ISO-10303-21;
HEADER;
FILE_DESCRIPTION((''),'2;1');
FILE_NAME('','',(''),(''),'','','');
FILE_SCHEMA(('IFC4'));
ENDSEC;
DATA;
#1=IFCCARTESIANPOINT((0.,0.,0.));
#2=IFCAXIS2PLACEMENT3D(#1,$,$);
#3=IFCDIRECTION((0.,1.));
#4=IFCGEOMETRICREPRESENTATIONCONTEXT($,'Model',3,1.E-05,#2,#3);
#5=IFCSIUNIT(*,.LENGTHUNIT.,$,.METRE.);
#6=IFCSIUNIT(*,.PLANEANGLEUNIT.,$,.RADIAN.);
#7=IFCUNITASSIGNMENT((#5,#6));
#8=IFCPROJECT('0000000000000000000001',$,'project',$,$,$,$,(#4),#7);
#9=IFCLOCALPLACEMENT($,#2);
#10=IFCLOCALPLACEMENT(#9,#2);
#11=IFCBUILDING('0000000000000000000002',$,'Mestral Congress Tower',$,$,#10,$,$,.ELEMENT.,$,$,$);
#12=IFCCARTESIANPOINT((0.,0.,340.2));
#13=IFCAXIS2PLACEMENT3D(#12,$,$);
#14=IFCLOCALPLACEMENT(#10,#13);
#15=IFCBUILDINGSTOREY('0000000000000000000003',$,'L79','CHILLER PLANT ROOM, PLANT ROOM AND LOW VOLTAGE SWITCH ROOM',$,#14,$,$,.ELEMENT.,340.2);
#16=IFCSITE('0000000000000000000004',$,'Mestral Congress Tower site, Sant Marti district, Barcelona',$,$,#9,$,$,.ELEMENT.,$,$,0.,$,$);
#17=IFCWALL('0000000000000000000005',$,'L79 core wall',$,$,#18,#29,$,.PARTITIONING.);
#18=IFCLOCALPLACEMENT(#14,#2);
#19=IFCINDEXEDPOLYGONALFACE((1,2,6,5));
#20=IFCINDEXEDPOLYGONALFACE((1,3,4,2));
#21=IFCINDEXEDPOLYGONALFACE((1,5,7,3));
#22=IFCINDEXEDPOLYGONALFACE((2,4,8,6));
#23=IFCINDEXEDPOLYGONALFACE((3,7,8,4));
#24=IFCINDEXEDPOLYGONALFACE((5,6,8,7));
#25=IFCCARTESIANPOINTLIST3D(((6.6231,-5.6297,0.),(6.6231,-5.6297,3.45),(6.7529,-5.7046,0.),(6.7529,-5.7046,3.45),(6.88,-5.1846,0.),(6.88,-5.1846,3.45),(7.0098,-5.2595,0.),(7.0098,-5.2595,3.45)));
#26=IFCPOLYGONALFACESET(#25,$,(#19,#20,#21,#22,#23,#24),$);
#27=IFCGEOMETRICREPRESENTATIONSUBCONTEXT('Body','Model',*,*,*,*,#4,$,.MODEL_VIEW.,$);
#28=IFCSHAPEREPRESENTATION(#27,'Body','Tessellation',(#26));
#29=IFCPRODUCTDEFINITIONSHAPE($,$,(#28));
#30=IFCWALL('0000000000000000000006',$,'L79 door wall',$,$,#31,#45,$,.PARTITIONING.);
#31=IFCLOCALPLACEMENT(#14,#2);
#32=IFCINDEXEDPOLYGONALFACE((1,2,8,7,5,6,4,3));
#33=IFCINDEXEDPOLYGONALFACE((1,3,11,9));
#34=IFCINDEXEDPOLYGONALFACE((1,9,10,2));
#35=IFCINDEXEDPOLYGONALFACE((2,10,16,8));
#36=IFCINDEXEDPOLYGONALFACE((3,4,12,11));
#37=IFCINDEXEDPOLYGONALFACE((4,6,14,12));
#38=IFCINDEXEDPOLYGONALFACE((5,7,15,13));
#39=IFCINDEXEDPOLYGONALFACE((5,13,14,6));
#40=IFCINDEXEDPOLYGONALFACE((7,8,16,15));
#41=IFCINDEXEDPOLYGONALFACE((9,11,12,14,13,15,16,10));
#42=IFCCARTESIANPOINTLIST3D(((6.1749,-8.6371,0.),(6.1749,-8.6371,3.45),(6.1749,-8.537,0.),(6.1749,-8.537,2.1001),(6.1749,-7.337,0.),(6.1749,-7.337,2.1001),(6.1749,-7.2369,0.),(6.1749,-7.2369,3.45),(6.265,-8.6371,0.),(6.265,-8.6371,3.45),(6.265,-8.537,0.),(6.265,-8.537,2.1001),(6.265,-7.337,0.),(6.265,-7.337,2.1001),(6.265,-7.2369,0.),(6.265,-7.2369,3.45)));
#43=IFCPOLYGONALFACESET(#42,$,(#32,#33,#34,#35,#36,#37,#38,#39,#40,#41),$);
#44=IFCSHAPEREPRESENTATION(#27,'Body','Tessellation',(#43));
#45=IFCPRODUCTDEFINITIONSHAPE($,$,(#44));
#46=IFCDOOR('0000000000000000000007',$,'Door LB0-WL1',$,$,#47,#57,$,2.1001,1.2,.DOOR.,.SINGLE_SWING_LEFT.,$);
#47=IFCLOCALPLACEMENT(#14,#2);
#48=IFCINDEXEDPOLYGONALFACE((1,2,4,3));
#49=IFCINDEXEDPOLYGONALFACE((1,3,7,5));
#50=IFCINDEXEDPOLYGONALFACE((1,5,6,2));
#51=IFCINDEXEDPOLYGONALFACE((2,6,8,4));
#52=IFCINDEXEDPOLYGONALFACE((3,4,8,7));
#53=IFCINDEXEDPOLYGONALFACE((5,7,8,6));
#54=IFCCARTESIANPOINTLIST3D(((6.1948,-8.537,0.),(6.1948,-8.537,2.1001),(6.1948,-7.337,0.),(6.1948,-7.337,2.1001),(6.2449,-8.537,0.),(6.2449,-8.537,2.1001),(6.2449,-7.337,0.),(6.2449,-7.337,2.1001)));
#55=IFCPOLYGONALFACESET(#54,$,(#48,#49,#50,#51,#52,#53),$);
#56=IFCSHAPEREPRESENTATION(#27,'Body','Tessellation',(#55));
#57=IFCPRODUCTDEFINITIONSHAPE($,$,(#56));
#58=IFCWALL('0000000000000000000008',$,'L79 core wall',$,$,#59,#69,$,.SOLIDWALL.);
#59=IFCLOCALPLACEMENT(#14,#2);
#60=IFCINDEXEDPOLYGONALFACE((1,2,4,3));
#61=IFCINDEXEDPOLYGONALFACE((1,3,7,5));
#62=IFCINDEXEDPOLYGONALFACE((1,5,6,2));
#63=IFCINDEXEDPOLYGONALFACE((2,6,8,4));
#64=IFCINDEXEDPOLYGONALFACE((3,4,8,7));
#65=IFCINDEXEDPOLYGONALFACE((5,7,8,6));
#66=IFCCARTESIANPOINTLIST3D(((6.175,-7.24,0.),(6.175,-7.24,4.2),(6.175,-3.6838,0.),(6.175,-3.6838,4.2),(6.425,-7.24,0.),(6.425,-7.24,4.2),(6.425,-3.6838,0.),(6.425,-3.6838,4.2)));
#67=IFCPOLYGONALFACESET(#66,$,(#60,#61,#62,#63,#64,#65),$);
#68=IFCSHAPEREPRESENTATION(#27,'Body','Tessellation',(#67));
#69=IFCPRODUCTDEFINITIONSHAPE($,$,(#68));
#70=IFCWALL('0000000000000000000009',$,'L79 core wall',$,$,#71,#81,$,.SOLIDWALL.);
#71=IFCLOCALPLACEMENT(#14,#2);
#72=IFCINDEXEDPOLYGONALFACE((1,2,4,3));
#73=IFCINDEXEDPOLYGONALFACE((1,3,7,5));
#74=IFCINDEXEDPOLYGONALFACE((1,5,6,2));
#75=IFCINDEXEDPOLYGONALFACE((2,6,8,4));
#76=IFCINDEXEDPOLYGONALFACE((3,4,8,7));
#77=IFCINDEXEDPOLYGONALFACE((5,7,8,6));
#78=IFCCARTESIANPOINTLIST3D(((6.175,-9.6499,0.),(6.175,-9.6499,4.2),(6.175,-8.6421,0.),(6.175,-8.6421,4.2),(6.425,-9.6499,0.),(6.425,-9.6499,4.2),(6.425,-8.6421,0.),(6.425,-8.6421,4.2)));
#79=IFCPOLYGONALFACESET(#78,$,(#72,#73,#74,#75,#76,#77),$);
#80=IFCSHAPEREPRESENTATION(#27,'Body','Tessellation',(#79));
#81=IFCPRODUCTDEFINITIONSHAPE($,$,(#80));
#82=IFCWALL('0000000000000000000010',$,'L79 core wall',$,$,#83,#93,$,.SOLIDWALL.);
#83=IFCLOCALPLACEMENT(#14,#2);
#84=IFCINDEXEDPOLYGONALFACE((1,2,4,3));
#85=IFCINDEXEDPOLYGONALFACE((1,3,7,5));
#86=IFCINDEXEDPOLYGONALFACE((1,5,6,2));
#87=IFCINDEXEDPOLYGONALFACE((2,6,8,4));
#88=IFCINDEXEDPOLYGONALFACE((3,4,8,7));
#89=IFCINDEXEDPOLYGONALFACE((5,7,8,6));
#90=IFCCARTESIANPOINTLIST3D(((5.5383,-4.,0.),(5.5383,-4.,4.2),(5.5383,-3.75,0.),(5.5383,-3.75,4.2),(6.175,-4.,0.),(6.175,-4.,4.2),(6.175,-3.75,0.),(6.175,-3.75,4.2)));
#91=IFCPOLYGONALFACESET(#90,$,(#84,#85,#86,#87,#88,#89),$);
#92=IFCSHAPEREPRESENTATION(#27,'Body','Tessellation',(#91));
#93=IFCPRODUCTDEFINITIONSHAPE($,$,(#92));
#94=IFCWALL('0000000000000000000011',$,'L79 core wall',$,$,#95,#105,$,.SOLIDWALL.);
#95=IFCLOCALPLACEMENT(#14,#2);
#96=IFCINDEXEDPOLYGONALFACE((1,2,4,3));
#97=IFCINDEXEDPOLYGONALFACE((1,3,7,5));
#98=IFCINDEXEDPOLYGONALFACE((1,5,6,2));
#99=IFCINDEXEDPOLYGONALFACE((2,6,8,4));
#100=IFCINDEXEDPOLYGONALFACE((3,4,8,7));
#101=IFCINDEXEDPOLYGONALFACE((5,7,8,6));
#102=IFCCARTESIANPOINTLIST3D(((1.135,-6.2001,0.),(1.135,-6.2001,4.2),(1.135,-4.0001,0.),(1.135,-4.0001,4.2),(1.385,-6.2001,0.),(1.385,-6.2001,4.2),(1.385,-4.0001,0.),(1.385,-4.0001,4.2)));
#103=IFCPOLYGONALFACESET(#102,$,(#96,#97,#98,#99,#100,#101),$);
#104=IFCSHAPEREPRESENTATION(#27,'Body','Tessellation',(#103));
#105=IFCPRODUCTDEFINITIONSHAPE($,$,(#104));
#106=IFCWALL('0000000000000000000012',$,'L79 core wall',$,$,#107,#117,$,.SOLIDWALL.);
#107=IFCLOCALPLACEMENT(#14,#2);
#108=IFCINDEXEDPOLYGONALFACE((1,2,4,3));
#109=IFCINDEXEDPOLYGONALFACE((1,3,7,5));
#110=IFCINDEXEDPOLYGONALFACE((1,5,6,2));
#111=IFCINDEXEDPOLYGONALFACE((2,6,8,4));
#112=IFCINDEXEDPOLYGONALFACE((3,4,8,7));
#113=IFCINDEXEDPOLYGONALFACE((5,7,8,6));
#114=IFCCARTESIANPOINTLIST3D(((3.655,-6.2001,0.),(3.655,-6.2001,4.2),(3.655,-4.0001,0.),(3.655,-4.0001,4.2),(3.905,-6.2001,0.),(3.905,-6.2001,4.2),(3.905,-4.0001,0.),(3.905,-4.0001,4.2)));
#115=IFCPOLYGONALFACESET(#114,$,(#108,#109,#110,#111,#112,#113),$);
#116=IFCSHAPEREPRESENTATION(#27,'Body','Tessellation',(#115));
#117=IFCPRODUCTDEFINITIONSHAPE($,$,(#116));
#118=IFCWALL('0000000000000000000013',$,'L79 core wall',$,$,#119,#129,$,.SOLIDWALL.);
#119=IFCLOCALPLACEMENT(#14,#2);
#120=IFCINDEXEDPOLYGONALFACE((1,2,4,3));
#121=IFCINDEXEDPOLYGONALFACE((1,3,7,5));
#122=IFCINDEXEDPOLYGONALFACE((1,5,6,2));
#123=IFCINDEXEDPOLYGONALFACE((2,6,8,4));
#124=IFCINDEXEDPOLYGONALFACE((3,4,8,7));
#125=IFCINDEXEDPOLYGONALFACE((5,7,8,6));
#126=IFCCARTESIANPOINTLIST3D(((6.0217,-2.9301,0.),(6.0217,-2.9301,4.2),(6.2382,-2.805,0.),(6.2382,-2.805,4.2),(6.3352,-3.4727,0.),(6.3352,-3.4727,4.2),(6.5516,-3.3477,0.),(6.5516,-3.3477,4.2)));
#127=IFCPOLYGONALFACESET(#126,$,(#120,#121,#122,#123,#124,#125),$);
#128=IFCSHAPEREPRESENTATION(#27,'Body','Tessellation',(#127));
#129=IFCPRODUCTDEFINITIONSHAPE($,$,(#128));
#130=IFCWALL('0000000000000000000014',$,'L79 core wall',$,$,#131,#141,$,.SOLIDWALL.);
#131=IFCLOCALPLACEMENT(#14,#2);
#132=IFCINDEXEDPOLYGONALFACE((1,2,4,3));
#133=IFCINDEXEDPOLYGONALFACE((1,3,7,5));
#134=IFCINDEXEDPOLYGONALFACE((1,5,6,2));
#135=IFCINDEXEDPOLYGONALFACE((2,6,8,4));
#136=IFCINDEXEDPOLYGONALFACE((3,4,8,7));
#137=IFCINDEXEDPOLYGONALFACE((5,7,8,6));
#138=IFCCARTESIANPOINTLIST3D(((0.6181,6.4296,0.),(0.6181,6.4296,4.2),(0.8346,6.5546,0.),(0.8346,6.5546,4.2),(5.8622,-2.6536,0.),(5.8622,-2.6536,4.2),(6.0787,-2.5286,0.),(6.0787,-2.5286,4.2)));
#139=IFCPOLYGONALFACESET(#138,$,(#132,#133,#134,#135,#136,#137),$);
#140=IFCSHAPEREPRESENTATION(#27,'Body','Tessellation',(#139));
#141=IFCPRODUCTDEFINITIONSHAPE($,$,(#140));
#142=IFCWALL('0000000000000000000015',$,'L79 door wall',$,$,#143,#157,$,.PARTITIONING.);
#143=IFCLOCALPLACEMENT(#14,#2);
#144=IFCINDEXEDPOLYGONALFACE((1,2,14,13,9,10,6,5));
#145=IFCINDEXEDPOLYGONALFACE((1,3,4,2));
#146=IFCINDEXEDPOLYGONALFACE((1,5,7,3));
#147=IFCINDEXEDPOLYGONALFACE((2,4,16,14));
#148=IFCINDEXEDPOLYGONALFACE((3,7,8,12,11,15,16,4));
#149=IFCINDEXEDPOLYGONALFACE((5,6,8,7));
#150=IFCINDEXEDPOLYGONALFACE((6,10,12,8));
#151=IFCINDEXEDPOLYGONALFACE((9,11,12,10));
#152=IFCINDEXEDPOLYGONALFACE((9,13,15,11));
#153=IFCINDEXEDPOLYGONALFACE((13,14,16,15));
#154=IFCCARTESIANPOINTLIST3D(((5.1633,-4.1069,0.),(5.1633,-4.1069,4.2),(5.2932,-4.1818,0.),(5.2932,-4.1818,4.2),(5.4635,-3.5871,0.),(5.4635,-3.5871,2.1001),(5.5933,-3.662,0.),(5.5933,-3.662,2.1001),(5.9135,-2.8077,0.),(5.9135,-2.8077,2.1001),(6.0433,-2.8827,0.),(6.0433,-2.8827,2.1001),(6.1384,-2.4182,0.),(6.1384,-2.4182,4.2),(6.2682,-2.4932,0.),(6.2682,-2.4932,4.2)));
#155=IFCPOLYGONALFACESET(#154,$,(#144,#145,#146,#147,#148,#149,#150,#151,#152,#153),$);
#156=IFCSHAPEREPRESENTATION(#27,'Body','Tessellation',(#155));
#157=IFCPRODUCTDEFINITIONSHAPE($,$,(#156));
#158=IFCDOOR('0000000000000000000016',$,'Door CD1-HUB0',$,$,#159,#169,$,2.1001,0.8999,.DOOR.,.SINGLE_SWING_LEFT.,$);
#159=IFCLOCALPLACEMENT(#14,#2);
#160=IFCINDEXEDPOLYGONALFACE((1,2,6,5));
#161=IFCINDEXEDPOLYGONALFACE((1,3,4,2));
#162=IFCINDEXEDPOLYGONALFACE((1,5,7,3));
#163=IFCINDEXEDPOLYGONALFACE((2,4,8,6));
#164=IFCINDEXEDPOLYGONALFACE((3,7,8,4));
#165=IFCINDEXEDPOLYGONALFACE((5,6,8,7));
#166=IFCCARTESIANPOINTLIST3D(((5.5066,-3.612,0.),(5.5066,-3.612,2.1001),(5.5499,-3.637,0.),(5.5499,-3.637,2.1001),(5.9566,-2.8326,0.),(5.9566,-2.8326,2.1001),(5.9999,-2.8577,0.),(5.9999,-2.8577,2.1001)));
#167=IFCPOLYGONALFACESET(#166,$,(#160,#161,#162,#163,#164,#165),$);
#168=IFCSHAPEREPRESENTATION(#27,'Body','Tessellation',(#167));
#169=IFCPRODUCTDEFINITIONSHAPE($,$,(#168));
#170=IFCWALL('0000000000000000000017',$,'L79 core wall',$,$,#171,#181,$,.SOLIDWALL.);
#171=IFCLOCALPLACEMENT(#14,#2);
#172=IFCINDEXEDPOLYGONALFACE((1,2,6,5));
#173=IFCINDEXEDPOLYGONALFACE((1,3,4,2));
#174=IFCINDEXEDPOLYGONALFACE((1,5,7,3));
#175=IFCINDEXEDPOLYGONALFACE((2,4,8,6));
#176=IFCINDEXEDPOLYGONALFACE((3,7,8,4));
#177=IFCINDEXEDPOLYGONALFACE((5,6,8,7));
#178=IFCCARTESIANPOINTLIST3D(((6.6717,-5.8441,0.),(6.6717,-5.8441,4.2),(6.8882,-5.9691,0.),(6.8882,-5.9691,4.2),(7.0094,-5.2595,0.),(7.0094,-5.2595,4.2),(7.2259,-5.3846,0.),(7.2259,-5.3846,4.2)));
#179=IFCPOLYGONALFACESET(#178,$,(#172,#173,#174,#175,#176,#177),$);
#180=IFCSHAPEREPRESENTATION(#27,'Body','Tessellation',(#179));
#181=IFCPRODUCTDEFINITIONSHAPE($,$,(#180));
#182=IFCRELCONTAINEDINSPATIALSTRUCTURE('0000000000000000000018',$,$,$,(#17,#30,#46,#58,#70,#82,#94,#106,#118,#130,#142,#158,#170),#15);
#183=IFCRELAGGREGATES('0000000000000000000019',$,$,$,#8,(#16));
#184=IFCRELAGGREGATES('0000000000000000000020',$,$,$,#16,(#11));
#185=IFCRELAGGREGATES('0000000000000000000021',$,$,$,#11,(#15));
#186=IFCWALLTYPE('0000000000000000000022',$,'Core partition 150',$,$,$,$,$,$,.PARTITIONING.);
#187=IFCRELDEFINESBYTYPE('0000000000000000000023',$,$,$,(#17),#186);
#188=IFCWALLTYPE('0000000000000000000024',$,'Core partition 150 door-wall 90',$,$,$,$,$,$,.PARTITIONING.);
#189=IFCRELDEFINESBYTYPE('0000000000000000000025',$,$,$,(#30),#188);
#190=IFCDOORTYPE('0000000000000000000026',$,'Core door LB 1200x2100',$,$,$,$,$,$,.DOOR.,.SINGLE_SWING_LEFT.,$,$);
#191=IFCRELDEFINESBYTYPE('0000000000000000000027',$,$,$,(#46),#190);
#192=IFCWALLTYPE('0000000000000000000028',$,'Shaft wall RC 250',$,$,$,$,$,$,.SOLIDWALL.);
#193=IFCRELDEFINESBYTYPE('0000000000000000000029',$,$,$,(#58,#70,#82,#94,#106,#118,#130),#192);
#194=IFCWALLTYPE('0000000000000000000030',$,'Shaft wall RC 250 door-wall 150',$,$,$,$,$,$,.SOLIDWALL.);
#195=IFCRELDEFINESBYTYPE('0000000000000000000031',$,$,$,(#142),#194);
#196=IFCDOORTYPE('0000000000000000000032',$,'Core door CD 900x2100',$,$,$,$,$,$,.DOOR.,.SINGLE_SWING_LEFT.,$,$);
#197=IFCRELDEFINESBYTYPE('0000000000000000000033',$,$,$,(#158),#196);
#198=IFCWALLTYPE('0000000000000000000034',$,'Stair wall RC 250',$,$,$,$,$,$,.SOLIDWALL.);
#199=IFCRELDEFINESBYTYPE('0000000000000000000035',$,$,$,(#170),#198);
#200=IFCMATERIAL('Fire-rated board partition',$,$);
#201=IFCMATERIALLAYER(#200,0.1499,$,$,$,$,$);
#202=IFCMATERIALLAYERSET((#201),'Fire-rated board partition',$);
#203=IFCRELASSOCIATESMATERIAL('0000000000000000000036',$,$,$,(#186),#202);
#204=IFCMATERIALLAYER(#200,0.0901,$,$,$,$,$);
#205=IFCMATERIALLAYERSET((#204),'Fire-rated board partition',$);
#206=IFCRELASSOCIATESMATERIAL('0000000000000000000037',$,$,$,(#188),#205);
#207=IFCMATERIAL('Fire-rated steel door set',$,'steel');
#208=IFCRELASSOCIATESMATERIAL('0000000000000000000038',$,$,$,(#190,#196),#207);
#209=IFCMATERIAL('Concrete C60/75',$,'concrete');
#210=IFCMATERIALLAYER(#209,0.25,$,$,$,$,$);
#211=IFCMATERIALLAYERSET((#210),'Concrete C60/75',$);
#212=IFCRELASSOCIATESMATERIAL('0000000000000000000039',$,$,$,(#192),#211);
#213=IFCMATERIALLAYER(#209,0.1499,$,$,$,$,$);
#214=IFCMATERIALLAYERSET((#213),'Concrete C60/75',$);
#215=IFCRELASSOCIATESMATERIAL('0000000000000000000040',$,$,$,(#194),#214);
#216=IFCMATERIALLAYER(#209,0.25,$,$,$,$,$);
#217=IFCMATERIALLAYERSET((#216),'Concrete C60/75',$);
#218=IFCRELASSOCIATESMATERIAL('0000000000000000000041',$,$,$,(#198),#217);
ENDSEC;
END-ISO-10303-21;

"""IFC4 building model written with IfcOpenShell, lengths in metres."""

from ifc_helpers import new_model, si_unit, direction, frame, frame_2d, origin, place, context, subcontext, project, spatial, rectangle, extrude, material, layer, layer_set, type_object, element, fill, save


model = new_model("IFC4")

# Units and contexts
model_context = context("Model", 3, precision=1e-05, world=origin(), true_north=direction((0.0, 1.0)))
body_context = subcontext(model_context, "Body", "Model", "MODEL_VIEW")
ifc_project = project(units=[si_unit("LENGTHUNIT", "METRE"), si_unit("PLANEANGLEUNIT", "RADIAN")], contexts=[model_context])

# Site, building, storey
site_placement = place(None, origin())
site = spatial("IfcSite", under=ifc_project, at=site_placement, Name="Mestral Congress Tower site, Sant Marti district, Barcelona", CompositionType="ELEMENT", RefElevation=0.0)
building_placement = place(site_placement, origin())
building = spatial("IfcBuilding", under=site, at=building_placement, Name="Mestral Congress Tower", CompositionType="ELEMENT")
storey_placement = place(building_placement, frame((0.0, 0.0, 340.2)))
storey = spatial("IfcBuildingStorey", under=building, at=storey_placement, Name="L79", Description="CHILLER PLANT ROOM, PLANT ROOM AND LOW VOLTAGE SWITCH ROOM", CompositionType="ELEMENT", Elevation=340.2)

# Wall
ifc_material_1 = material(Name="Fire-rated board partition")
ifc_layer_1 = layer(ifc_material_1, 0.1499)
ifc_layer_set_1 = layer_set([ifc_layer_1], Name="Fire-rated board partition")
wall_type_1 = type_object("IfcWallType", Name="Core partition 150", PredefinedType="PARTITIONING", material=ifc_layer_set_1)
wall_1_placement = place(storey_placement, frame((6.9448, -5.2222, 0.0), z_axis=(0.0, 0.0, 1.0), x_axis=(-0.499818, -0.86613, 0.0)))
element("IfcWall", 1, at=wall_1_placement, inside=storey, type_object=wall_type_1, Name="L79 core wall", PredefinedType="PARTITIONING", context=body_context, shape_type="SweptSolid", body=[
    extrude(rectangle(XDim=0.5139, YDim=0.1499, at=frame_2d((0.2568, 0.0))), origin(), (0.0, 0.0, 1.0), 3.45),
])

# Wall, opening, door
ifc_layer_2 = layer(ifc_material_1, 0.0901)
ifc_layer_set_2 = layer_set([ifc_layer_2], Name="Fire-rated board partition")
wall_type_2 = type_object("IfcWallType", Name="Core partition 150 door-wall 90", PredefinedType="PARTITIONING", material=ifc_layer_set_2)
wall_2_placement = place(storey_placement, frame((6.22, -7.2368, 0.0), z_axis=(0.0, 0.0, 1.0), x_axis=(0.0, -1.0, 0.0)))
wall_2 = element("IfcWall", 2, at=wall_2_placement, inside=storey, type_object=wall_type_2, Name="L79 door wall", PredefinedType="PARTITIONING", context=body_context, shape_type="SweptSolid", body=[
    extrude(rectangle(XDim=1.4001, YDim=0.0901, at=frame_2d((0.7002, 0.0))), origin(), (0.0, 0.0, 1.0), 3.45),
])
opening_1_placement = place(wall_2_placement, frame((0.1001, 0.0, 0.0)))
opening_1 = element("IfcOpeningElement", 3, at=opening_1_placement, cuts=wall_2, PredefinedType="OPENING", context=body_context, shape_type="SweptSolid", body=[
    extrude(rectangle(XDim=1.2, YDim=2.1001, at=frame_2d((0.6001, 1.05))), frame((0.0, 0.0549, 0.0), z_axis=(0.0, -1.0, 0.0), x_axis=(1.0, 0.0, 0.0)), (0.0, 0.0, 1.0), 0.1101),
])
ifc_material_2 = material(Name="Fire-rated steel door set", Category="steel")
door_type_1 = type_object("IfcDoorType", Name="Core door LB 1200x2100", OperationType="SINGLE_SWING_LEFT", PredefinedType="DOOR", material=ifc_material_2)
door_1_placement = place(opening_1_placement, origin())
door_1 = element("IfcDoor", 4, at=door_1_placement, inside=storey, type_object=door_type_1, Name="Door LB0-WL1", OperationType="SINGLE_SWING_LEFT", OverallHeight=2.1001, OverallWidth=1.2, PredefinedType="DOOR", context=body_context, shape_type="SweptSolid", body=[
    extrude(rectangle(XDim=1.2, YDim=2.1001, at=frame_2d((0.6001, 1.05))), frame((0.0, 0.0249, 0.0), z_axis=(0.0, -1.0, 0.0), x_axis=(1.0, 0.0, 0.0)), (0.0, 0.0, 1.0), 0.05),
])
fill(opening_1, door_1)

# Walls
ifc_material_3 = material(Name="Concrete C60/75", Category="concrete")
ifc_layer_3 = layer(ifc_material_3, 0.25)
ifc_layer_set_3 = layer_set([ifc_layer_3], Name="Concrete C60/75")
wall_type_3 = type_object("IfcWallType", Name="Shaft wall RC 250", PredefinedType="SOLIDWALL", material=ifc_layer_set_3)
wall_3_placement = place(storey_placement, frame((6.3, -7.24, 0.0), z_axis=(0.0, 0.0, 1.0), x_axis=(0.0, 1.0, 0.0)))
element("IfcWall", 5, at=wall_3_placement, inside=storey, type_object=wall_type_3, Name="L79 core wall", PredefinedType="SOLIDWALL", context=body_context, shape_type="SweptSolid", body=[
    extrude(rectangle(XDim=3.5562, YDim=0.25, at=frame_2d((1.7781, 0.0))), origin(), (0.0, 0.0, 1.0), 4.2),
])
wall_4_placement = place(storey_placement, frame((6.3, -9.6499, 0.0), z_axis=(0.0, 0.0, 1.0), x_axis=(0.0, 1.0, 0.0)))
element("IfcWall", 6, at=wall_4_placement, inside=storey, type_object=wall_type_3, Name="L79 core wall", PredefinedType="SOLIDWALL", context=body_context, shape_type="SweptSolid", body=[
    extrude(rectangle(XDim=1.0078, YDim=0.25, at=frame_2d((0.5039, 0.0))), origin(), (0.0, 0.0, 1.0), 4.2),
])
wall_5_placement = place(storey_placement, frame((5.5383, -3.875, 0.0), z_axis=(0.0, 0.0, 1.0), x_axis=(1.0, 0.0, 0.0)))
element("IfcWall", 7, at=wall_5_placement, inside=storey, type_object=wall_type_3, Name="L79 core wall", PredefinedType="SOLIDWALL", context=body_context, shape_type="SweptSolid", body=[
    extrude(rectangle(XDim=0.6367, YDim=0.25, at=frame_2d((0.3184, 0.0))), origin(), (0.0, 0.0, 1.0), 4.2),
])
for number, where, z_axis, x_axis, name in (
    (8, (1.26, -4.0, 0.0), (0.0, 0.0, 1.0), (0.0, -1.0, 0.0), "L79 core wall"),
    (9, (3.78, -4.0, 0.0), (0.0, 0.0, 1.0), (0.0, -1.0, 0.0), "L79 core wall"),
):
    element("IfcWall", number, at=place(storey_placement, frame(where, z_axis=z_axis, x_axis=x_axis)), inside=storey, type_object=wall_type_3, Name=name, PredefinedType="SOLIDWALL", context=body_context, shape_type="SweptSolid", body=[
        extrude(rectangle(XDim=2.2, YDim=0.25, at=frame_2d((1.1001, 0.0))), origin(), (0.0, 0.0, 1.0), 4.2),
    ])
wall_6_placement = place(storey_placement, frame((6.1299, -2.8674, 0.0), z_axis=(0.0, 0.0, 1.0), x_axis=(0.500161, -0.865933, 0.0)))
element("IfcWall", 10, at=wall_6_placement, inside=storey, type_object=wall_type_3, Name="L79 core wall", PredefinedType="SOLIDWALL", context=body_context, shape_type="SweptSolid", body=[
    extrude(rectangle(XDim=0.6267, YDim=0.25, at=frame_2d((0.3135, 0.0))), origin(), (0.0, 0.0, 1.0), 4.2),
])
wall_7_placement = place(storey_placement, frame((5.9705, -2.5911, 0.0), z_axis=(0.0, 0.0, 1.0), x_axis=(-0.499994, 0.866029, 0.0)))
element("IfcWall", 11, at=wall_7_placement, inside=storey, type_object=wall_type_3, Name="L79 core wall", PredefinedType="SOLIDWALL", context=body_context, shape_type="SweptSolid", body=[
    extrude(rectangle(XDim=10.4883, YDim=0.25, at=frame_2d((5.2441, 0.0))), origin(), (0.0, 0.0, 1.0), 4.2),
])

# Wall, opening, door
ifc_layer_4 = layer(ifc_material_3, 0.1499)
ifc_layer_set_4 = layer_set([ifc_layer_4], Name="Concrete C60/75")
wall_type_4 = type_object("IfcWallType", Name="Shaft wall RC 250 door-wall 150", PredefinedType="SOLIDWALL", material=ifc_layer_set_4)
wall_8_placement = place(storey_placement, frame((6.2034, -2.4556, 0.0), z_axis=(0.0, 0.0, 1.0), x_axis=(-0.500044, -0.866, 0.0)))
wall_8 = element("IfcWall", 12, at=wall_8_placement, inside=storey, type_object=wall_type_4, Name="L79 door wall", PredefinedType="PARTITIONING", context=body_context, shape_type="SweptSolid", body=[
    extrude(rectangle(XDim=1.95, YDim=0.1499, at=frame_2d((0.9751, 0.0))), origin(), (0.0, 0.0, 1.0), 4.2),
])
opening_2_placement = place(wall_8_placement, frame((0.45, 0.0, 0.0)))
opening_2 = element("IfcOpeningElement", 13, at=opening_2_placement, cuts=wall_8, PredefinedType="OPENING", context=body_context, shape_type="SweptSolid", body=[
    extrude(rectangle(XDim=0.8999, YDim=2.1001, at=frame_2d((0.45, 1.05))), frame((0.0, 0.085, 0.0), z_axis=(0.0, -1.0, 0.0), x_axis=(1.0, 0.0, 0.0)), (0.0, 0.0, 1.0), 0.1699),
])
door_type_2 = type_object("IfcDoorType", Name="Core door CD 900x2100", OperationType="SINGLE_SWING_LEFT", PredefinedType="DOOR", material=ifc_material_2)
door_2_placement = place(opening_2_placement, origin())
door_2 = element("IfcDoor", 14, at=door_2_placement, inside=storey, type_object=door_type_2, Name="Door CD1-HUB0", OperationType="SINGLE_SWING_LEFT", OverallHeight=2.1001, OverallWidth=0.8999, PredefinedType="DOOR", context=body_context, shape_type="SweptSolid", body=[
    extrude(rectangle(XDim=0.8999, YDim=2.1001, at=frame_2d((0.45, 1.05))), frame((0.0, 0.0249, 0.0), z_axis=(0.0, -1.0, 0.0), x_axis=(1.0, 0.0, 0.0)), (0.0, 0.0, 1.0), 0.05),
])
fill(opening_2, door_2)

# Wall
ifc_layer_5 = layer(ifc_material_3, 0.25)
ifc_layer_set_5 = layer_set([ifc_layer_5], Name="Concrete C60/75")
wall_type_5 = type_object("IfcWallType", Name="Stair wall RC 250", PredefinedType="SOLIDWALL", material=ifc_layer_set_5)
wall_9_placement = place(storey_placement, frame((6.78, -5.9065, 0.0), z_axis=(0.0, 0.0, 1.0), x_axis=(0.500223, 0.865896, 0.0)))
element("IfcWall", 15, at=wall_9_placement, inside=storey, type_object=wall_type_5, Name="L79 core wall", PredefinedType="SOLIDWALL", context=body_context, shape_type="SweptSolid", body=[
    extrude(rectangle(XDim=0.675, YDim=0.25, at=frame_2d((0.3374, 0.0))), origin(), (0.0, 0.0, 1.0), 4.2),
])

save(model, "model.ifc")
